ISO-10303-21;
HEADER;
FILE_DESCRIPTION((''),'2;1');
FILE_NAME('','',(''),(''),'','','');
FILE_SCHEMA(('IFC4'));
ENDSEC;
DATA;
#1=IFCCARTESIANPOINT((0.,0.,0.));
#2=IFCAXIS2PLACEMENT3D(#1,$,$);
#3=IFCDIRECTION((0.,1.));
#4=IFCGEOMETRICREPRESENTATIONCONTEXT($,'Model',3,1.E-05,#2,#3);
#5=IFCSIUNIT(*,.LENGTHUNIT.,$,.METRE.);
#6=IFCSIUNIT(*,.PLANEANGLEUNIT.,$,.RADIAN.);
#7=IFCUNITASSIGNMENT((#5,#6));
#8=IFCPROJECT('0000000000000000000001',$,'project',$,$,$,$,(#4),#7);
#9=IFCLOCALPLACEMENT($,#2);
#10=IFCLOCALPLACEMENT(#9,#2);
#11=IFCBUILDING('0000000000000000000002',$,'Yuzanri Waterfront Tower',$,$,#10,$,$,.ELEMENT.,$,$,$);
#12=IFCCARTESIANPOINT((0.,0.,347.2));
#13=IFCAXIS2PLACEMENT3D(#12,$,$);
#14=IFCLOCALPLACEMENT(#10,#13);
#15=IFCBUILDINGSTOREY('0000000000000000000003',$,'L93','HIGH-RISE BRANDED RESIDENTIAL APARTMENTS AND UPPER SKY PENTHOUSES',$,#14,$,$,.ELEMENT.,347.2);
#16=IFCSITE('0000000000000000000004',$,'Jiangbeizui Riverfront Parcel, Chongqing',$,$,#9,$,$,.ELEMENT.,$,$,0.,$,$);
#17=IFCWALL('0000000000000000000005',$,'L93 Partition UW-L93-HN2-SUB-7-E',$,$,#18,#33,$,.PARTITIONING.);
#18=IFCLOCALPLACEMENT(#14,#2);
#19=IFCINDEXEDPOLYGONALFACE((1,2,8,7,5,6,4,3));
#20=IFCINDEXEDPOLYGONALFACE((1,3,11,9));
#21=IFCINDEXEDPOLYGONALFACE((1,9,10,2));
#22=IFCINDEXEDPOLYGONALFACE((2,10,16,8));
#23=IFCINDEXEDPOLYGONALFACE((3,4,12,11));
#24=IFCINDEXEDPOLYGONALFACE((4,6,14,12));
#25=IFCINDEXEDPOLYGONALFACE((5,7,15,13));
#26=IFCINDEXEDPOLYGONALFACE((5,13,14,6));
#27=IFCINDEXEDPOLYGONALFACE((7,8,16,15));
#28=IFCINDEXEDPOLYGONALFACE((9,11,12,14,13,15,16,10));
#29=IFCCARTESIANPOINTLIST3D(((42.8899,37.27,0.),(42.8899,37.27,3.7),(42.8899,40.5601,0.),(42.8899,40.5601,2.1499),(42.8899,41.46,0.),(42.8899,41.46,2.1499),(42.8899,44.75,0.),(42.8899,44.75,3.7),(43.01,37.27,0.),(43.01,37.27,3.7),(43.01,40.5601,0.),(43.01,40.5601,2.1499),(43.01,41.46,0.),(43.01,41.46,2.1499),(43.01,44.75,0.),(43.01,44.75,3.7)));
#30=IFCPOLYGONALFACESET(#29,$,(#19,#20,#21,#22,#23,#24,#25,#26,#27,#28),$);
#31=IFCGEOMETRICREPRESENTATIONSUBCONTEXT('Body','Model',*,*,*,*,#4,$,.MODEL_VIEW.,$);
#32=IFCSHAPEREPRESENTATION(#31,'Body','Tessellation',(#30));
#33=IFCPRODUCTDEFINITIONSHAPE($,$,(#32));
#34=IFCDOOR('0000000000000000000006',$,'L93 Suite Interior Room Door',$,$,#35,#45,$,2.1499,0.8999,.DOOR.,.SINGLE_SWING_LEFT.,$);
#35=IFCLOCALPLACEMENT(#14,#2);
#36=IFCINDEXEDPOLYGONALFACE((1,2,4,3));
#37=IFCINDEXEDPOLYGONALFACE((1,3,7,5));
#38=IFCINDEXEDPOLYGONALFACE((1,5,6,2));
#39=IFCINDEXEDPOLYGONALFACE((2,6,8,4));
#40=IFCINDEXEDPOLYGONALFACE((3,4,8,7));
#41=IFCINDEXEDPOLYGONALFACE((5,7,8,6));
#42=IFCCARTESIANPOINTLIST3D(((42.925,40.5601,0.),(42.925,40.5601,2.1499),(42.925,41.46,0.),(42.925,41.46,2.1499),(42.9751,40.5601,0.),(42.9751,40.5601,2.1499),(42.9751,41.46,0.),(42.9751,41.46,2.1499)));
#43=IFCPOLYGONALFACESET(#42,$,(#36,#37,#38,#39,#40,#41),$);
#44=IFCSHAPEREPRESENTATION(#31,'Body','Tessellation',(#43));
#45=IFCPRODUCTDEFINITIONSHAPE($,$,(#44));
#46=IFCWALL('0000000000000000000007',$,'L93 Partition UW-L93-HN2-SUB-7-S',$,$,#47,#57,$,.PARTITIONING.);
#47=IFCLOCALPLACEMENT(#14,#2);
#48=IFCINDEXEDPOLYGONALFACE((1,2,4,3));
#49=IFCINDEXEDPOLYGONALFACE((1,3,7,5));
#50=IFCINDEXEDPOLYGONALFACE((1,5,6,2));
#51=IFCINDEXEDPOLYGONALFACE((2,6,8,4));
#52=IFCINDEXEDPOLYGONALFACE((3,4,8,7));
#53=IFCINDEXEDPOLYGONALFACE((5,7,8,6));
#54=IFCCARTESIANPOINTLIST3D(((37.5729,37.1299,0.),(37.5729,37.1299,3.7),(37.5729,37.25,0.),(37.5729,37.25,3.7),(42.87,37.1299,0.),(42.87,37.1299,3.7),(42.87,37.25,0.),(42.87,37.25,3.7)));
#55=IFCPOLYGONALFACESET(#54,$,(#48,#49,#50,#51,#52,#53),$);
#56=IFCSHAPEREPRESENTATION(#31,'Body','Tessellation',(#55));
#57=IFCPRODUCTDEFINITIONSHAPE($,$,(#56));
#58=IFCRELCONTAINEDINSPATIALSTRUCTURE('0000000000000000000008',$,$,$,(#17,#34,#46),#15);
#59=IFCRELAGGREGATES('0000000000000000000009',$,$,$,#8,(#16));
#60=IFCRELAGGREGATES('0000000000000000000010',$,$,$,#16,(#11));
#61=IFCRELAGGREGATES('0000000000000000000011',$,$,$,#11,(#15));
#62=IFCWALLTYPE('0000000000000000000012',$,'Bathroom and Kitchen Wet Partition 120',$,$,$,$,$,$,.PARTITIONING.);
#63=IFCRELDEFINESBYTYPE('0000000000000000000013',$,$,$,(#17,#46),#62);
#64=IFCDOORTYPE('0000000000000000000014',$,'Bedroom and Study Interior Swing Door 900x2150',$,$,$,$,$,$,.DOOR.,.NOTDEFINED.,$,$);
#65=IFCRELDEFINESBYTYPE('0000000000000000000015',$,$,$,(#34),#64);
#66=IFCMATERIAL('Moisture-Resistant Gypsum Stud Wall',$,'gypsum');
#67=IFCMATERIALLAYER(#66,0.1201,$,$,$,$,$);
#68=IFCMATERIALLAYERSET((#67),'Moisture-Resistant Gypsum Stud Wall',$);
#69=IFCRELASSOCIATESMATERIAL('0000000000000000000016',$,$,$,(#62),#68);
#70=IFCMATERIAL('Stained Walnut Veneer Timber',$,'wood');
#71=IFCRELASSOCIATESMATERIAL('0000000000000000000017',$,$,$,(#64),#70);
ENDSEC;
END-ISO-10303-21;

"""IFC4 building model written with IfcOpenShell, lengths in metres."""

from ifc_helpers import new_model, si_unit, direction, frame, frame_2d, origin, place, context, subcontext, project, spatial, rectangle, extrude, source, transform, mapped, material, layer, layer_set, type_object, element, fill, save


model = new_model("IFC4")

# Units and contexts
model_context = context("Model", 3, precision=1e-05, world=origin(), true_north=direction((0.0, 1.0)))
body_context = subcontext(model_context, "Body", "Model", "MODEL_VIEW")
ifc_project = project(units=[si_unit("LENGTHUNIT", "METRE"), si_unit("PLANEANGLEUNIT", "RADIAN")], contexts=[model_context])

# Site, building, storey
site_placement = place(None, origin())
site = spatial("IfcSite", under=ifc_project, at=site_placement, Name="Jiangbeizui Riverfront Parcel, Chongqing", CompositionType="ELEMENT", RefElevation=0.0)
building_placement = place(site_placement, origin())
building = spatial("IfcBuilding", under=site, at=building_placement, Name="Yuzanri Waterfront Tower", CompositionType="ELEMENT")
storey_placement = place(building_placement, frame((0.0, 0.0, 347.2)))
storey = spatial("IfcBuildingStorey", under=building, at=storey_placement, Name="L93", Description="HIGH-RISE BRANDED RESIDENTIAL APARTMENTS AND UPPER SKY PENTHOUSES", CompositionType="ELEMENT", Elevation=347.2)

# Wall, opening, door
ifc_material_1 = material(Name="Moisture-Resistant Gypsum Stud Wall", Category="gypsum")
ifc_layer_1 = layer(ifc_material_1, 0.1201)
ifc_layer_set_1 = layer_set([ifc_layer_1], Name="Moisture-Resistant Gypsum Stud Wall")
wall_type = type_object("IfcWallType", Name="Bathroom and Kitchen Wet Partition 120", PredefinedType="PARTITIONING", material=ifc_layer_set_1)
ifc_material_2 = material(Name="Stained Walnut Veneer Timber", Category="wood")
door_type = type_object("IfcDoorType", Name="Bedroom and Study Interior Swing Door 900x2150", OperationType="NOTDEFINED", PredefinedType="DOOR", material=ifc_material_2)
shared_shape_1 = source(origin(), body_context, "Body", "SweptSolid", [
    extrude(rectangle(XDim=0.8999, YDim=2.1499, at=frame_2d((0.45, 1.075))), frame((0.0, 0.0249, 0.0), z_axis=(0.0, -1.0, 0.0), x_axis=(1.0, 0.0, 0.0)), (0.0, 0.0, 1.0), 0.05),
])
wall_1_placement = place(storey_placement, frame((42.95, 37.27, 0.0), z_axis=(0.0, 0.0, 1.0), x_axis=(0.0, 1.0, 0.0)))
wall_1 = element("IfcWall", 1, at=wall_1_placement, inside=storey, type_object=wall_type, Name="L93 Partition UW-L93-HN2-SUB-7-E", PredefinedType="PARTITIONING", context=body_context, shape_type="SweptSolid", body=[
    extrude(rectangle(XDim=7.48, YDim=0.1201, at=frame_2d((3.74, 0.0))), origin(), (0.0, 0.0, 1.0), 3.7),
])
opening_1_placement = place(wall_1_placement, frame((3.29, 0.0, 0.0)))
opening_1 = element("IfcOpeningElement", 2, at=opening_1_placement, cuts=wall_1, PredefinedType="OPENING", context=body_context, shape_type="SweptSolid", body=[
    extrude(rectangle(XDim=0.8999, YDim=2.1499, at=frame_2d((0.45, 1.075))), frame((0.0, 0.075, 0.0), z_axis=(0.0, -1.0, 0.0), x_axis=(1.0, 0.0, 0.0)), (0.0, 0.0, 1.0), 0.1499),
])
door_1_placement = place(opening_1_placement, origin())
door_1 = element("IfcDoor", 3, at=door_1_placement, inside=storey, type_object=door_type, Name="L93 Suite Interior Room Door", OperationType="SINGLE_SWING_LEFT", OverallHeight=2.1499, OverallWidth=0.8999, PredefinedType="DOOR", context=body_context, shape_type="MappedRepresentation", body=[
    mapped(shared_shape_1, transform((0.0, 0.0, 0.0), scale=1.0)),
])
fill(opening_1, door_1)

# Wall
shared_shape_2 = source(origin(), body_context, "Body", "SweptSolid", [
    extrude(rectangle(XDim=5.2971, YDim=0.1201, at=frame_2d((2.6484, 0.0))), origin(), (0.0, 0.0, 1.0), 3.7),
])
wall_2_placement = place(storey_placement, frame((37.573, 37.1899, 0.0), z_axis=(0.0, 0.0, 1.0), x_axis=(1.0, 0.0, 0.0)))
element("IfcWall", 4, at=wall_2_placement, inside=storey, type_object=wall_type, Name="L93 Partition UW-L93-HN2-SUB-7-S", PredefinedType="PARTITIONING", context=body_context, shape_type="MappedRepresentation", body=[
    mapped(shared_shape_2, transform((0.0, 0.0, 0.0), scale=1.0)),
])

save(model, "model.ifc")
